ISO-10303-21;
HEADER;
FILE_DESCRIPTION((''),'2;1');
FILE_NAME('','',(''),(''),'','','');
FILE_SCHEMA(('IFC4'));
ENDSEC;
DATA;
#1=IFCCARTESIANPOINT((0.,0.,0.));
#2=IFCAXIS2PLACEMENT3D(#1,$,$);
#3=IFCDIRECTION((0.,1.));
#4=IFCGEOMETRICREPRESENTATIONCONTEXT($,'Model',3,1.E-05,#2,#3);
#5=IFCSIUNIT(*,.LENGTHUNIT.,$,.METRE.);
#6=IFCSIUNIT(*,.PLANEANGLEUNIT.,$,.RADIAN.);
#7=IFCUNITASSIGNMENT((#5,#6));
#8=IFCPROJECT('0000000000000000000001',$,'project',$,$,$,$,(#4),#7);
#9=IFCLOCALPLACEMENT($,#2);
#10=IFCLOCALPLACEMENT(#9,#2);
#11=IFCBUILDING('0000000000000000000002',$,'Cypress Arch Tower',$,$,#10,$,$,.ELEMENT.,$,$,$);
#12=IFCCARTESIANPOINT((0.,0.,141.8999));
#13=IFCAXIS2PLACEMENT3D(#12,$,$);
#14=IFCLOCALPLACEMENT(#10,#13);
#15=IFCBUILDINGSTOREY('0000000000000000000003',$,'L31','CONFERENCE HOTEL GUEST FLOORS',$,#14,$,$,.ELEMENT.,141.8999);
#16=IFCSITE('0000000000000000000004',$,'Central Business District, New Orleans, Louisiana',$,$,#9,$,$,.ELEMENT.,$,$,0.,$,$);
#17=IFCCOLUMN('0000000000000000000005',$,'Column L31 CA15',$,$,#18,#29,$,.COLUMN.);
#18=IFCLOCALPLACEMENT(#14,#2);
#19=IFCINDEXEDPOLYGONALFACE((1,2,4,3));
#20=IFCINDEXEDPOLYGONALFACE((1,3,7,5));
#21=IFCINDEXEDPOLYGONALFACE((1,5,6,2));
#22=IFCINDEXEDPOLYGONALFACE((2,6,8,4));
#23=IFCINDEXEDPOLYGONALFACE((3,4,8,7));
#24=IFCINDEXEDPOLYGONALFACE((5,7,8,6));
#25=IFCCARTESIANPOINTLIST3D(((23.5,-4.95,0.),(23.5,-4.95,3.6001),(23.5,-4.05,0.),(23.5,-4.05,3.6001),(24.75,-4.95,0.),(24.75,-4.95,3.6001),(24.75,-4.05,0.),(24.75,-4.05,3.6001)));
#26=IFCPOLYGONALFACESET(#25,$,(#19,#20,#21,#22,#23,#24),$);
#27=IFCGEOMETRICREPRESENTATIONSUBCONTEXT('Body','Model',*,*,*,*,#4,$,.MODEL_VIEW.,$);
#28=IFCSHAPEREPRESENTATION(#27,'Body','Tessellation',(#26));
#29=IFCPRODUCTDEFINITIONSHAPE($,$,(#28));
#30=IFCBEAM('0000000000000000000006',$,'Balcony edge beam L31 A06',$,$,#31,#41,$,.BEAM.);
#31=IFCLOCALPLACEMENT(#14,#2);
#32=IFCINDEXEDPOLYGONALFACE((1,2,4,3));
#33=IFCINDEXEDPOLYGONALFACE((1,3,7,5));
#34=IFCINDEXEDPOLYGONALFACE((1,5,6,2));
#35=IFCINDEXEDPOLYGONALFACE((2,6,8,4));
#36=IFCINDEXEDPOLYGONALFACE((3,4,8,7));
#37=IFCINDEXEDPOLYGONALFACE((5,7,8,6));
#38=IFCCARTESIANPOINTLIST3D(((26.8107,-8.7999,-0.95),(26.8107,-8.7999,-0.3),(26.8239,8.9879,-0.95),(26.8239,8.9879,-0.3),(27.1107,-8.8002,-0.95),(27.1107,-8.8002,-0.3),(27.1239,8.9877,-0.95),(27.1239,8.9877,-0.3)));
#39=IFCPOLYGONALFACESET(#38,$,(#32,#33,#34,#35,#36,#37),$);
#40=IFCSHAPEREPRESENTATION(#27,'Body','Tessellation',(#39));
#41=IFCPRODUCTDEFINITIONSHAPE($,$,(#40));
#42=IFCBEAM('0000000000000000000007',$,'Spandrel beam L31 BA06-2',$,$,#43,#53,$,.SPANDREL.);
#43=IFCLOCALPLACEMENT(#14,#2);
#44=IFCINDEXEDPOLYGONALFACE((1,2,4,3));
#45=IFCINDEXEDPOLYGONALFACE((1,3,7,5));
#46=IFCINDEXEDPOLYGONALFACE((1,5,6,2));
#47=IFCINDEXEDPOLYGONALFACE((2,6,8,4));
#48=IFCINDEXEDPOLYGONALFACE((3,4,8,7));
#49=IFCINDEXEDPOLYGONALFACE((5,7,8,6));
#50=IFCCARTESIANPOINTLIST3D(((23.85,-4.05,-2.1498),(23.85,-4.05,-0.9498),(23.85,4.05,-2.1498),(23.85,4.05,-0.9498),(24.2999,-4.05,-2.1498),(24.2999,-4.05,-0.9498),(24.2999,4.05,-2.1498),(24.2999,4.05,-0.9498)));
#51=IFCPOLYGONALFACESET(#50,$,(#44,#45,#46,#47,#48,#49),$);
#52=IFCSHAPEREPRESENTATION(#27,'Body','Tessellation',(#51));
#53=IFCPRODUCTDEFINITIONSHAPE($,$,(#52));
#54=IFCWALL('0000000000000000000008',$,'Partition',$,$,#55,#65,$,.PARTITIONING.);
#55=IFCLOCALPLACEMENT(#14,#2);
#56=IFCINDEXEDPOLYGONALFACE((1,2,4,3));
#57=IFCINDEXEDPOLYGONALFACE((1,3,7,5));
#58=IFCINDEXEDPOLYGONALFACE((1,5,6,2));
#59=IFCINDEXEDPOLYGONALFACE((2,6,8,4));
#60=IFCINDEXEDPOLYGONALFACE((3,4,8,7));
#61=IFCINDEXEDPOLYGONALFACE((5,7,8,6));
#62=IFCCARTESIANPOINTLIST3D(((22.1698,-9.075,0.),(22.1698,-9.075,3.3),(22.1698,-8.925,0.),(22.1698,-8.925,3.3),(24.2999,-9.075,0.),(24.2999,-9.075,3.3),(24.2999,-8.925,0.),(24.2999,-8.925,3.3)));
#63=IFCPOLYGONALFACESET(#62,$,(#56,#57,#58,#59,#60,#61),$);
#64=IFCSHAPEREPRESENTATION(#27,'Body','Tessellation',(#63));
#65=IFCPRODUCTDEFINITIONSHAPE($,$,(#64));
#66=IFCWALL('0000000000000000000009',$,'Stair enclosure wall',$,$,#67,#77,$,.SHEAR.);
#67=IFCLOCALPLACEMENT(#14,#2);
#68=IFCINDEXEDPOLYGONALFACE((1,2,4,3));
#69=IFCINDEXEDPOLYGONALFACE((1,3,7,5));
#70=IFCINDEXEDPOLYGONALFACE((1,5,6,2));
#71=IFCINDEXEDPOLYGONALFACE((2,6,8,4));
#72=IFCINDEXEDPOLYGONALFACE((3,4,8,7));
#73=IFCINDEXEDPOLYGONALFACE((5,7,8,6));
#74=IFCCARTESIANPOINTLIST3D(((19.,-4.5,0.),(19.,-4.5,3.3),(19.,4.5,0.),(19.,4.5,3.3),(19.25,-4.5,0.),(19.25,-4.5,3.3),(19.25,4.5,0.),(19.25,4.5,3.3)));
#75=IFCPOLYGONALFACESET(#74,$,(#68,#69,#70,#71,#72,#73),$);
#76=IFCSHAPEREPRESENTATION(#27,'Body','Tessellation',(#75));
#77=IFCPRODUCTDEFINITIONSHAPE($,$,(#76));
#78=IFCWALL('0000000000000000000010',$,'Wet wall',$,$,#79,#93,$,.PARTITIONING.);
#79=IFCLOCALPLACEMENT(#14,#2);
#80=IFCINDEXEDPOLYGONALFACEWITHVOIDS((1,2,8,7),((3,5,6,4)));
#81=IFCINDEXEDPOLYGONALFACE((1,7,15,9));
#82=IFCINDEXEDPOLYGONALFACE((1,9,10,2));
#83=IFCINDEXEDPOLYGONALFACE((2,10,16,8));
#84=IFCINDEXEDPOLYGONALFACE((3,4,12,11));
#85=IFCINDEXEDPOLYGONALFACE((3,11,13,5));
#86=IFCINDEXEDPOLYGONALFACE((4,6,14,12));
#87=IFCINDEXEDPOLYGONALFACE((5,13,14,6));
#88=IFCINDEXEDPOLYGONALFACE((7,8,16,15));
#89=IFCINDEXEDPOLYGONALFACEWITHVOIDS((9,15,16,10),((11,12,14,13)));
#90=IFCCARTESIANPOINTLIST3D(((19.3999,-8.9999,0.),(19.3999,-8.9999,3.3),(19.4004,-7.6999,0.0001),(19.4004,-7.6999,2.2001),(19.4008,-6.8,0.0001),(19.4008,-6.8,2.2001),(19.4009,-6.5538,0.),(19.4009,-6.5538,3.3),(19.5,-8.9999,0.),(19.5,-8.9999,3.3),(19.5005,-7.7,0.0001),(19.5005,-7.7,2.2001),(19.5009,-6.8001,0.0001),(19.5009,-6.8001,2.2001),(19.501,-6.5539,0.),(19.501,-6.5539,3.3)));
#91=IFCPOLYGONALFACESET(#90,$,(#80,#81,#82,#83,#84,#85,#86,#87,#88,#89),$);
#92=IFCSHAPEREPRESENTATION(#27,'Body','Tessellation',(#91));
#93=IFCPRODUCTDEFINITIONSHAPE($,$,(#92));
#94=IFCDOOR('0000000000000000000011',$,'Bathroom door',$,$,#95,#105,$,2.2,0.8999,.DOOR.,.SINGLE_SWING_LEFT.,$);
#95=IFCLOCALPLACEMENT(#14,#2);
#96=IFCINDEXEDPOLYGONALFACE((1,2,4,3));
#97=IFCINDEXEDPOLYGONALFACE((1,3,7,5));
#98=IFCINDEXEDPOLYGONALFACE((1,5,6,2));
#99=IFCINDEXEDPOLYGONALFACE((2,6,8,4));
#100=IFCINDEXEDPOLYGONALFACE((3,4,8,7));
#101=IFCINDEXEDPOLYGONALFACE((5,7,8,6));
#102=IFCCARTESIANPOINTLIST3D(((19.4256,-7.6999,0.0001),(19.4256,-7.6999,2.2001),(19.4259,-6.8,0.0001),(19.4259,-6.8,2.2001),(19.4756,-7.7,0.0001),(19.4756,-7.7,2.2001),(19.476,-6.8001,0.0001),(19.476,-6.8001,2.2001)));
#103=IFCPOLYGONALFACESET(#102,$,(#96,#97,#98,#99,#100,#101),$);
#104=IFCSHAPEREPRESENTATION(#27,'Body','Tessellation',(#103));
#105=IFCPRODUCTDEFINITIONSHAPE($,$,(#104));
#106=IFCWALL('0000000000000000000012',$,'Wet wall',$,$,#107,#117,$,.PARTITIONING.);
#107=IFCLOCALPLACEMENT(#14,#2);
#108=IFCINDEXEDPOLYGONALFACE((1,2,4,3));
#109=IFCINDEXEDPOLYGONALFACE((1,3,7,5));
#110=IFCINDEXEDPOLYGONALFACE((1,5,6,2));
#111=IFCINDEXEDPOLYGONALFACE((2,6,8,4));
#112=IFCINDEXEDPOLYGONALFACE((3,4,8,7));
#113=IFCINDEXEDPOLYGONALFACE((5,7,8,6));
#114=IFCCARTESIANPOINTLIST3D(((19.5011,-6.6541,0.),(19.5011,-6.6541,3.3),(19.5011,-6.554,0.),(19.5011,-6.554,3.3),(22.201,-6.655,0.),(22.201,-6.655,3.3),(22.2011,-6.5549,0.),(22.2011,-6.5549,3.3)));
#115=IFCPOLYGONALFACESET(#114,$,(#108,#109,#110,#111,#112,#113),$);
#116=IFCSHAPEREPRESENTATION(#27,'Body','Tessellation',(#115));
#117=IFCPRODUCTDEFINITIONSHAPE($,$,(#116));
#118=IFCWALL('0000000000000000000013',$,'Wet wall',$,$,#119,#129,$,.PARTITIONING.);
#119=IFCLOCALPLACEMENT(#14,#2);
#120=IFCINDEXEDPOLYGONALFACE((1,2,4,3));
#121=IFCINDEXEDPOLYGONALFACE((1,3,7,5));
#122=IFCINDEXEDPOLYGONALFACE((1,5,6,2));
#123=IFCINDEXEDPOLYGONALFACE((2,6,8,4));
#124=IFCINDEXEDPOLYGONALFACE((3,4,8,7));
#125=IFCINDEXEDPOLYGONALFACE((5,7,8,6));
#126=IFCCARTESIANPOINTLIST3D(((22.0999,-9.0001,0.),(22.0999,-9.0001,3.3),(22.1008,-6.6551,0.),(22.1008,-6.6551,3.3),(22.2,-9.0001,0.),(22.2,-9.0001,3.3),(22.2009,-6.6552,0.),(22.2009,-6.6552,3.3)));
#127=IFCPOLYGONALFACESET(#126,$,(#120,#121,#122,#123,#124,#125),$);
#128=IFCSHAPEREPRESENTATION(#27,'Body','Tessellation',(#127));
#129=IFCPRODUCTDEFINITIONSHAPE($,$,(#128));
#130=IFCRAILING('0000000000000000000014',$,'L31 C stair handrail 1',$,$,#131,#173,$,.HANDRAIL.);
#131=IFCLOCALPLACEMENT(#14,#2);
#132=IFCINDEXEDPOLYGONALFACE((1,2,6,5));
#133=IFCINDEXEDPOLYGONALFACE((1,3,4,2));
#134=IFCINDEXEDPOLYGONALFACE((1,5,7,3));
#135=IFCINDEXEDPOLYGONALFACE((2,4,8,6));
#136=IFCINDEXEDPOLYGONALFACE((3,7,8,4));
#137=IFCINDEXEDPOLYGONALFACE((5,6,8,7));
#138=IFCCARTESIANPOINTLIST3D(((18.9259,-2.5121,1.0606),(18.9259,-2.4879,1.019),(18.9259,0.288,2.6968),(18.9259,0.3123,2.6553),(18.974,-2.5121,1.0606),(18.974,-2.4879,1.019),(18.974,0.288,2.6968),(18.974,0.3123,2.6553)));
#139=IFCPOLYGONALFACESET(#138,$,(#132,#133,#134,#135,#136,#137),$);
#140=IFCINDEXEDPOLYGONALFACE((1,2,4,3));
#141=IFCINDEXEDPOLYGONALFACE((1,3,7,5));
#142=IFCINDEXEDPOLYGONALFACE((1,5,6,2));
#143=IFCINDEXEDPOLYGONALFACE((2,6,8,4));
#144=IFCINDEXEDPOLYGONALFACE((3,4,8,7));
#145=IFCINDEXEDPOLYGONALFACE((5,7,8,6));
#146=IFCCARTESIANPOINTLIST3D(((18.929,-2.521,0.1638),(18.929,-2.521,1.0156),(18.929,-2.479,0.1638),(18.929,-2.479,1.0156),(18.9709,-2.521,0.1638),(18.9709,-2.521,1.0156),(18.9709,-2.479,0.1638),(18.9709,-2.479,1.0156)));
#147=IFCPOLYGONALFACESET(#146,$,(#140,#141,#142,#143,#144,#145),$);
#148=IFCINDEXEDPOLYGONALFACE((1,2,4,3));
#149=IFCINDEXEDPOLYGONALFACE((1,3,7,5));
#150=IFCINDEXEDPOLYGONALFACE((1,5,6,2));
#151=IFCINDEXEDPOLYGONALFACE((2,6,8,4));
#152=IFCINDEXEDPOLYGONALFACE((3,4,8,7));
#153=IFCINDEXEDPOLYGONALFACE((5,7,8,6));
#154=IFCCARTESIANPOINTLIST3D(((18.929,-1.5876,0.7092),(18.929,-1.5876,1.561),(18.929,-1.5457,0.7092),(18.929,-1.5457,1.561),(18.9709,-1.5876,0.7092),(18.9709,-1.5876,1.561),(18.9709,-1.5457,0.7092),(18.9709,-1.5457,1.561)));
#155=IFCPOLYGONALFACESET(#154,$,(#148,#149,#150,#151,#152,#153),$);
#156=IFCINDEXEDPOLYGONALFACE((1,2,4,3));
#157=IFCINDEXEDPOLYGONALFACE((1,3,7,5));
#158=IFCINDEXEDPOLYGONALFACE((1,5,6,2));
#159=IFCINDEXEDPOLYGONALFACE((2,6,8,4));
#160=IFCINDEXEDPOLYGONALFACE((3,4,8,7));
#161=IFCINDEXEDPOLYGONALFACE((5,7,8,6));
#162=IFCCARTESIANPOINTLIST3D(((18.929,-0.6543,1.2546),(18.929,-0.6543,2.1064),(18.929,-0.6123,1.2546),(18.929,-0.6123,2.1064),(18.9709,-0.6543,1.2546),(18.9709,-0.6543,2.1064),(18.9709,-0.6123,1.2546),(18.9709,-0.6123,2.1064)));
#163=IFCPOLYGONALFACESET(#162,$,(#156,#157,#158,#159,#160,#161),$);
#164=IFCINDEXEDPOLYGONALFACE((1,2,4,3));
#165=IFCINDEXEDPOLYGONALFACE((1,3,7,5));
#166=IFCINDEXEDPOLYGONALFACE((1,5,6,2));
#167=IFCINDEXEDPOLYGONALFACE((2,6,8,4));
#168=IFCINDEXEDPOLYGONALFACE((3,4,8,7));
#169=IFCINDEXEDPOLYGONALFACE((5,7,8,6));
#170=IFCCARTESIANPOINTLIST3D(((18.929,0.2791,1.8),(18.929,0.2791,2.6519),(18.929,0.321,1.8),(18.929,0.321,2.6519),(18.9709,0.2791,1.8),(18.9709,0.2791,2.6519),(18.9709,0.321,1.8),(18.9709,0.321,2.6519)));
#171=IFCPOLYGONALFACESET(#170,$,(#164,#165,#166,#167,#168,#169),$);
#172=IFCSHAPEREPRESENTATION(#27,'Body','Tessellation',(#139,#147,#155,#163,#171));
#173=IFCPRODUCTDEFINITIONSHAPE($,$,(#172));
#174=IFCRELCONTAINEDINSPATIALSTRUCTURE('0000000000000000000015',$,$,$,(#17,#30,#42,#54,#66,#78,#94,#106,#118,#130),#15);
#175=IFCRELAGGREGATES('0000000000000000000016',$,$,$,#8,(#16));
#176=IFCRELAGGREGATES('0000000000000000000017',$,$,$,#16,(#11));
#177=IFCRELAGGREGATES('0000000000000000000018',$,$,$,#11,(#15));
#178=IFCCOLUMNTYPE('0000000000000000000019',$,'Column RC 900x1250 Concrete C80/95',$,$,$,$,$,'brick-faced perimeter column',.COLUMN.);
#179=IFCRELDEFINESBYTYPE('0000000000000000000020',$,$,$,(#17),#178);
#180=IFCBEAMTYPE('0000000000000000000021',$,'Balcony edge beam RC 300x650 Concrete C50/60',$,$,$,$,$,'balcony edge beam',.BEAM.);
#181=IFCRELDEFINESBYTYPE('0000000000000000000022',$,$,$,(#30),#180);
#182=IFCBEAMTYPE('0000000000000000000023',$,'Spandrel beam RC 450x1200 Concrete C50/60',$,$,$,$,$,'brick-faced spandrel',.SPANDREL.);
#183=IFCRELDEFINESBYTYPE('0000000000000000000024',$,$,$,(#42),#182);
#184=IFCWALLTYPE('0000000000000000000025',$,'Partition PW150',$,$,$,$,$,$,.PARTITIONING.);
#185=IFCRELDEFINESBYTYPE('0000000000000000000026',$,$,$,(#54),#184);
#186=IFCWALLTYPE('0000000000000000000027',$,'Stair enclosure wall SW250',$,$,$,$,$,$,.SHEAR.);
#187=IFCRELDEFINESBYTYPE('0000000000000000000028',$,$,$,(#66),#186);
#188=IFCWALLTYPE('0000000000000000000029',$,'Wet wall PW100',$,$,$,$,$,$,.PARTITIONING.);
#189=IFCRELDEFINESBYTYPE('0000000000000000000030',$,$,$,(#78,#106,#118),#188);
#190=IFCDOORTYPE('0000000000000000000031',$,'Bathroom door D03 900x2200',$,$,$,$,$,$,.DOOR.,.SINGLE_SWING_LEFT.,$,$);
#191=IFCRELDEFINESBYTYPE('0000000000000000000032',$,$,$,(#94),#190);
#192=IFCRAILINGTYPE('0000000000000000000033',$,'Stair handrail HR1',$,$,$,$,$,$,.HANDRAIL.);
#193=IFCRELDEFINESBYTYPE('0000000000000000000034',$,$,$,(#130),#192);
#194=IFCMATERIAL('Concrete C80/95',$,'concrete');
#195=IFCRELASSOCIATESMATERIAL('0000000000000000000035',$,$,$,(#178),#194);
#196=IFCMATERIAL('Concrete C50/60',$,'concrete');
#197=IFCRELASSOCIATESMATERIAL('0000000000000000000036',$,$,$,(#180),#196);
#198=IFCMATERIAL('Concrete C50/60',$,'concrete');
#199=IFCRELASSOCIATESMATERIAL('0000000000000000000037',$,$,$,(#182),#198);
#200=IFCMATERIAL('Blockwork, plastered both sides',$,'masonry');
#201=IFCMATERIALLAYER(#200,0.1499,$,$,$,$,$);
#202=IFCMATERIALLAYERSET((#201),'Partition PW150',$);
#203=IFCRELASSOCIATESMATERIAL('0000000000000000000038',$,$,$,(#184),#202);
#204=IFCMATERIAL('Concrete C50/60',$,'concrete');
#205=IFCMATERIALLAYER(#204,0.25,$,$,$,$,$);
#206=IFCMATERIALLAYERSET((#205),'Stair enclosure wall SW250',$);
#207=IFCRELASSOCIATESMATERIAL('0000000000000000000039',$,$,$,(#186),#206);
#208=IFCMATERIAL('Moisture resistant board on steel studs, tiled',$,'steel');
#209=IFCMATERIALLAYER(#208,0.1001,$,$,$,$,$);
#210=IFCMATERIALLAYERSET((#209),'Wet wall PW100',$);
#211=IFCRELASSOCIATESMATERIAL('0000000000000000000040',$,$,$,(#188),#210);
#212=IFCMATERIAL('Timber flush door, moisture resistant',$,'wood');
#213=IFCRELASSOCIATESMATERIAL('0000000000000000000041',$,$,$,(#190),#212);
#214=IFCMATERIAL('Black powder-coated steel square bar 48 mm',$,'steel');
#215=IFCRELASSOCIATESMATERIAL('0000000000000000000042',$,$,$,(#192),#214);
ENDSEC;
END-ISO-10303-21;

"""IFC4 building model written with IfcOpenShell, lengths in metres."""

from ifc_helpers import new_model, si_unit, direction, frame, frame_2d, origin, origin_2d, place, context, subcontext, project, spatial, rectangle, extrude, material, layer, layer_set, material_profile, profile_set, type_object, element, fill, save


model = new_model("IFC4")

# Units and contexts
model_context = context("Model", 3, precision=1e-05, world=origin(), true_north=direction((0.0, 1.0)))
body_context = subcontext(model_context, "Body", "Model", "MODEL_VIEW")
ifc_project = project(units=[si_unit("LENGTHUNIT", "METRE"), si_unit("PLANEANGLEUNIT", "RADIAN")], contexts=[model_context])

# Site, building, storey
site_placement = place(None, origin())
site = spatial("IfcSite", under=ifc_project, at=site_placement, Name="Central Business District, New Orleans, Louisiana", CompositionType="ELEMENT", RefElevation=0.0)
building_placement = place(site_placement, origin())
building = spatial("IfcBuilding", under=site, at=building_placement, Name="Cypress Arch Tower", CompositionType="ELEMENT")
storey_placement = place(building_placement, frame((0.0, 0.0, 141.8999)))
storey = spatial("IfcBuildingStorey", under=building, at=storey_placement, Name="L31", Description="CONFERENCE HOTEL GUEST FLOORS", CompositionType="ELEMENT", Elevation=141.8999)

# Column
ifc_material_1 = material(Name="Concrete C80/95", Category="concrete")
ifc_material_profile_1 = material_profile(ifc_material_1, rectangle(XDim=0.8999, YDim=1.25, at=origin_2d()), Name="RC 900x1250")
ifc_profile_set_1 = profile_set([ifc_material_profile_1], Name="Concrete C80/95")
column_type = type_object("IfcColumnType", Name="Column RC 900x1250 Concrete C80/95", ElementType="brick-faced perimeter column", PredefinedType="COLUMN", material=ifc_profile_set_1)
column_placement = place(storey_placement, frame((24.125, -4.5, 0.0), z_axis=(0.0, 0.0, 1.0), x_axis=(0.0, 1.0, 0.0)))
element("IfcColumn", 1, at=column_placement, inside=storey, type_object=column_type, Name="Column L31 CA15", PredefinedType="COLUMN", context=body_context, shape_type="SweptSolid", body=[
    extrude(rectangle(XDim=0.8999, YDim=1.25, at=origin_2d()), origin(), (0.0, 0.0, 1.0), 3.6001),
])

# Beams
ifc_material_2 = material(Name="Concrete C50/60", Category="concrete")
ifc_material_profile_2 = material_profile(ifc_material_2, rectangle(XDim=0.3, YDim=0.6499, at=origin_2d()), Name="RC 300x650")
ifc_profile_set_2 = profile_set([ifc_material_profile_2], Name="Concrete C50/60")
beam_type_1 = type_object("IfcBeamType", Name="Balcony edge beam RC 300x650 Concrete C50/60", ElementType="balcony edge beam", PredefinedType="BEAM", material=ifc_profile_set_2)
beam_1_placement = place(storey_placement, frame((26.9607, -8.8, -0.625), z_axis=(0.000741, 1.0, 0.0), x_axis=(-1.0, 0.000741, 0.0)))
element("IfcBeam", 2, at=beam_1_placement, inside=storey, type_object=beam_type_1, Name="Balcony edge beam L31 A06", PredefinedType="BEAM", context=body_context, shape_type="SweptSolid", body=[
    extrude(rectangle(XDim=0.3, YDim=0.6499, at=origin_2d()), origin(), (0.0, 0.0, 1.0), 17.7878),
])
ifc_material_3 = material(Name="Concrete C50/60", Category="concrete")
ifc_material_profile_3 = material_profile(ifc_material_3, rectangle(XDim=0.45, YDim=1.2, at=origin_2d()), Name="RC 450x1200")
ifc_profile_set_3 = profile_set([ifc_material_profile_3], Name="Concrete C50/60")
beam_type_2 = type_object("IfcBeamType", Name="Spandrel beam RC 450x1200 Concrete C50/60", ElementType="brick-faced spandrel", PredefinedType="SPANDREL", material=ifc_profile_set_3)
beam_2_placement = place(storey_placement, frame((24.075, -4.05, -1.5498), z_axis=(0.0, 1.0, 0.0), x_axis=(-1.0, 0.0, 0.0)))
element("IfcBeam", 3, at=beam_2_placement, inside=storey, type_object=beam_type_2, Name="Spandrel beam L31 BA06-2", PredefinedType="SPANDREL", context=body_context, shape_type="SweptSolid", body=[
    extrude(rectangle(XDim=0.45, YDim=1.2, at=origin_2d()), origin(), (0.0, 0.0, 1.0), 8.1001),
])

# Walls
ifc_material_4 = material(Name="Blockwork, plastered both sides", Category="masonry")
ifc_layer_1 = layer(ifc_material_4, 0.1499)
ifc_layer_set_1 = layer_set([ifc_layer_1], Name="Partition PW150")
wall_type_1 = type_object("IfcWallType", Name="Partition PW150", PredefinedType="PARTITIONING", material=ifc_layer_set_1)
wall_1_placement = place(storey_placement, frame((22.1699, -9.0, 0.0), z_axis=(0.0, 0.0, 1.0), x_axis=(1.0, 0.0, 0.0)))
element("IfcWall", 4, at=wall_1_placement, inside=storey, type_object=wall_type_1, Name="Partition", PredefinedType="PARTITIONING", context=body_context, shape_type="SweptSolid", body=[
    extrude(rectangle(XDim=2.1301, YDim=0.1499, at=frame_2d((1.0649, 0.0))), origin(), (0.0, 0.0, 1.0), 3.3),
])
ifc_material_5 = material(Name="Concrete C50/60", Category="concrete")
ifc_layer_2 = layer(ifc_material_5, 0.25)
ifc_layer_set_2 = layer_set([ifc_layer_2], Name="Stair enclosure wall SW250")
wall_type_2 = type_object("IfcWallType", Name="Stair enclosure wall SW250", PredefinedType="SHEAR", material=ifc_layer_set_2)
wall_2_placement = place(storey_placement, frame((19.125, -4.5, 0.0), z_axis=(0.0, 0.0, 1.0), x_axis=(0.0, 1.0, 0.0)))
element("IfcWall", 5, at=wall_2_placement, inside=storey, type_object=wall_type_2, Name="Stair enclosure wall", PredefinedType="SHEAR", context=body_context, shape_type="SweptSolid", body=[
    extrude(rectangle(XDim=9.0, YDim=0.25, at=frame_2d((4.5, 0.0))), origin(), (0.0, 0.0, 1.0), 3.3),
])

# Wall, opening, door
ifc_material_6 = material(Name="Moisture resistant board on steel studs, tiled", Category="steel")
ifc_layer_3 = layer(ifc_material_6, 0.1001)
ifc_layer_set_3 = layer_set([ifc_layer_3], Name="Wet wall PW100")
wall_type_3 = type_object("IfcWallType", Name="Wet wall PW100", PredefinedType="PARTITIONING", material=ifc_layer_set_3)
wall_3_placement = place(storey_placement, frame((19.45, -9.0, 0.0), z_axis=(0.0, 0.0, 1.0), x_axis=(0.000399, 1.0, 0.0)))
wall_3 = element("IfcWall", 6, at=wall_3_placement, inside=storey, type_object=wall_type_3, Name="Wet wall", PredefinedType="PARTITIONING", context=body_context, shape_type="SweptSolid", body=[
    extrude(rectangle(XDim=2.446, YDim=0.1001, at=frame_2d((1.2231, 0.0))), origin(), (0.0, 0.0, 1.0), 3.3),
])
opening_1_placement = place(wall_3_placement, frame((1.3, 0.0, 0.0)))
opening_1 = element("IfcOpeningElement", 7, at=opening_1_placement, cuts=wall_3, PredefinedType="OPENING", context=body_context, shape_type="SweptSolid", body=[
    extrude(rectangle(XDim=0.8999, YDim=2.2, at=frame_2d((0.45, 1.1001))), frame((0.0, 0.0601, 0.0), z_axis=(0.0, -1.0, 0.0), x_axis=(1.0, 0.0, 0.0)), (0.0, 0.0, 1.0), 0.1201),
])
ifc_material_7 = material(Name="Timber flush door, moisture resistant", Category="wood")
door_type_1 = type_object("IfcDoorType", Name="Bathroom door D03 900x2200", OperationType="SINGLE_SWING_LEFT", PredefinedType="DOOR", material=ifc_material_7)
door_1_placement = place(opening_1_placement, origin())
door_1 = element("IfcDoor", 8, at=door_1_placement, inside=storey, type_object=door_type_1, Name="Bathroom door", OperationType="SINGLE_SWING_LEFT", OverallHeight=2.2, OverallWidth=0.8999, PredefinedType="DOOR", context=body_context, shape_type="SweptSolid", body=[
    extrude(rectangle(XDim=0.8999, YDim=2.2, at=frame_2d((0.45, 1.1001))), frame((0.0, 0.0249, 0.0), z_axis=(0.0, -1.0, 0.0), x_axis=(1.0, 0.0, 0.0)), (0.0, 0.0, 1.0), 0.05),
])
fill(opening_1, door_1)

# Walls
wall_4_placement = place(storey_placement, frame((19.501, -6.604, 0.0), z_axis=(0.0, 0.0, 1.0), x_axis=(1.0, -0.000362, 0.0)))
element("IfcWall", 9, at=wall_4_placement, inside=storey, type_object=wall_type_3, Name="Wet wall", PredefinedType="PARTITIONING", context=body_context, shape_type="SweptSolid", body=[
    extrude(rectangle(XDim=2.7, YDim=0.1001, at=frame_2d((1.3501, 0.0))), origin(), (0.0, 0.0, 1.0), 3.3),
])
wall_5_placement = place(storey_placement, frame((22.1499, -9.0, 0.0), z_axis=(0.0, 0.0, 1.0), x_axis=(0.000416, 1.0, 0.0)))
element("IfcWall", 10, at=wall_5_placement, inside=storey, type_object=wall_type_3, Name="Wet wall", PredefinedType="PARTITIONING", context=body_context, shape_type="SweptSolid", body=[
    extrude(rectangle(XDim=2.345, YDim=0.1001, at=frame_2d((1.1724, 0.0))), origin(), (0.0, 0.0, 1.0), 3.3),
])

# Railing
ifc_material_8 = material(Name="Black powder-coated steel square bar 48 mm", Category="steel")
railing_type_1 = type_object("IfcRailingType", Name="Stair handrail HR1", PredefinedType="HANDRAIL", material=ifc_material_8)
railing_1_placement = place(storey_placement, frame((18.95, -2.5, 0.1638)))
element("IfcRailing", 11, at=railing_1_placement, inside=storey, type_object=railing_type_1, Name="L31 C stair handrail 1", PredefinedType="HANDRAIL", context=body_context, shape_type="SweptSolid", body=[
    extrude(rectangle(XDim=0.0481, YDim=0.0481, at=origin_2d()), frame((0.0, 0.0, 0.876), z_axis=(0.0, 0.863394, 0.504531), x_axis=(-1.0, 0.0, 0.0)), (0.0, 0.0, 1.0), 3.2432),
    extrude(rectangle(XDim=0.042, YDim=0.042, at=origin_2d()), origin(), (0.0, 0.0, 1.0), 0.8518),
    extrude(rectangle(XDim=0.042, YDim=0.042, at=origin_2d()), frame((0.0, 0.9333, 0.5454)), (0.0, 0.0, 1.0), 0.8518),
    extrude(rectangle(XDim=0.042, YDim=0.042, at=origin_2d()), frame((0.0, 1.8667, 1.0908)), (0.0, 0.0, 1.0), 0.8518),
    extrude(rectangle(XDim=0.042, YDim=0.042, at=origin_2d()), frame((0.0, 2.8, 1.6362)), (0.0, 0.0, 1.0), 0.8518),
])

save(model, "model.ifc")
